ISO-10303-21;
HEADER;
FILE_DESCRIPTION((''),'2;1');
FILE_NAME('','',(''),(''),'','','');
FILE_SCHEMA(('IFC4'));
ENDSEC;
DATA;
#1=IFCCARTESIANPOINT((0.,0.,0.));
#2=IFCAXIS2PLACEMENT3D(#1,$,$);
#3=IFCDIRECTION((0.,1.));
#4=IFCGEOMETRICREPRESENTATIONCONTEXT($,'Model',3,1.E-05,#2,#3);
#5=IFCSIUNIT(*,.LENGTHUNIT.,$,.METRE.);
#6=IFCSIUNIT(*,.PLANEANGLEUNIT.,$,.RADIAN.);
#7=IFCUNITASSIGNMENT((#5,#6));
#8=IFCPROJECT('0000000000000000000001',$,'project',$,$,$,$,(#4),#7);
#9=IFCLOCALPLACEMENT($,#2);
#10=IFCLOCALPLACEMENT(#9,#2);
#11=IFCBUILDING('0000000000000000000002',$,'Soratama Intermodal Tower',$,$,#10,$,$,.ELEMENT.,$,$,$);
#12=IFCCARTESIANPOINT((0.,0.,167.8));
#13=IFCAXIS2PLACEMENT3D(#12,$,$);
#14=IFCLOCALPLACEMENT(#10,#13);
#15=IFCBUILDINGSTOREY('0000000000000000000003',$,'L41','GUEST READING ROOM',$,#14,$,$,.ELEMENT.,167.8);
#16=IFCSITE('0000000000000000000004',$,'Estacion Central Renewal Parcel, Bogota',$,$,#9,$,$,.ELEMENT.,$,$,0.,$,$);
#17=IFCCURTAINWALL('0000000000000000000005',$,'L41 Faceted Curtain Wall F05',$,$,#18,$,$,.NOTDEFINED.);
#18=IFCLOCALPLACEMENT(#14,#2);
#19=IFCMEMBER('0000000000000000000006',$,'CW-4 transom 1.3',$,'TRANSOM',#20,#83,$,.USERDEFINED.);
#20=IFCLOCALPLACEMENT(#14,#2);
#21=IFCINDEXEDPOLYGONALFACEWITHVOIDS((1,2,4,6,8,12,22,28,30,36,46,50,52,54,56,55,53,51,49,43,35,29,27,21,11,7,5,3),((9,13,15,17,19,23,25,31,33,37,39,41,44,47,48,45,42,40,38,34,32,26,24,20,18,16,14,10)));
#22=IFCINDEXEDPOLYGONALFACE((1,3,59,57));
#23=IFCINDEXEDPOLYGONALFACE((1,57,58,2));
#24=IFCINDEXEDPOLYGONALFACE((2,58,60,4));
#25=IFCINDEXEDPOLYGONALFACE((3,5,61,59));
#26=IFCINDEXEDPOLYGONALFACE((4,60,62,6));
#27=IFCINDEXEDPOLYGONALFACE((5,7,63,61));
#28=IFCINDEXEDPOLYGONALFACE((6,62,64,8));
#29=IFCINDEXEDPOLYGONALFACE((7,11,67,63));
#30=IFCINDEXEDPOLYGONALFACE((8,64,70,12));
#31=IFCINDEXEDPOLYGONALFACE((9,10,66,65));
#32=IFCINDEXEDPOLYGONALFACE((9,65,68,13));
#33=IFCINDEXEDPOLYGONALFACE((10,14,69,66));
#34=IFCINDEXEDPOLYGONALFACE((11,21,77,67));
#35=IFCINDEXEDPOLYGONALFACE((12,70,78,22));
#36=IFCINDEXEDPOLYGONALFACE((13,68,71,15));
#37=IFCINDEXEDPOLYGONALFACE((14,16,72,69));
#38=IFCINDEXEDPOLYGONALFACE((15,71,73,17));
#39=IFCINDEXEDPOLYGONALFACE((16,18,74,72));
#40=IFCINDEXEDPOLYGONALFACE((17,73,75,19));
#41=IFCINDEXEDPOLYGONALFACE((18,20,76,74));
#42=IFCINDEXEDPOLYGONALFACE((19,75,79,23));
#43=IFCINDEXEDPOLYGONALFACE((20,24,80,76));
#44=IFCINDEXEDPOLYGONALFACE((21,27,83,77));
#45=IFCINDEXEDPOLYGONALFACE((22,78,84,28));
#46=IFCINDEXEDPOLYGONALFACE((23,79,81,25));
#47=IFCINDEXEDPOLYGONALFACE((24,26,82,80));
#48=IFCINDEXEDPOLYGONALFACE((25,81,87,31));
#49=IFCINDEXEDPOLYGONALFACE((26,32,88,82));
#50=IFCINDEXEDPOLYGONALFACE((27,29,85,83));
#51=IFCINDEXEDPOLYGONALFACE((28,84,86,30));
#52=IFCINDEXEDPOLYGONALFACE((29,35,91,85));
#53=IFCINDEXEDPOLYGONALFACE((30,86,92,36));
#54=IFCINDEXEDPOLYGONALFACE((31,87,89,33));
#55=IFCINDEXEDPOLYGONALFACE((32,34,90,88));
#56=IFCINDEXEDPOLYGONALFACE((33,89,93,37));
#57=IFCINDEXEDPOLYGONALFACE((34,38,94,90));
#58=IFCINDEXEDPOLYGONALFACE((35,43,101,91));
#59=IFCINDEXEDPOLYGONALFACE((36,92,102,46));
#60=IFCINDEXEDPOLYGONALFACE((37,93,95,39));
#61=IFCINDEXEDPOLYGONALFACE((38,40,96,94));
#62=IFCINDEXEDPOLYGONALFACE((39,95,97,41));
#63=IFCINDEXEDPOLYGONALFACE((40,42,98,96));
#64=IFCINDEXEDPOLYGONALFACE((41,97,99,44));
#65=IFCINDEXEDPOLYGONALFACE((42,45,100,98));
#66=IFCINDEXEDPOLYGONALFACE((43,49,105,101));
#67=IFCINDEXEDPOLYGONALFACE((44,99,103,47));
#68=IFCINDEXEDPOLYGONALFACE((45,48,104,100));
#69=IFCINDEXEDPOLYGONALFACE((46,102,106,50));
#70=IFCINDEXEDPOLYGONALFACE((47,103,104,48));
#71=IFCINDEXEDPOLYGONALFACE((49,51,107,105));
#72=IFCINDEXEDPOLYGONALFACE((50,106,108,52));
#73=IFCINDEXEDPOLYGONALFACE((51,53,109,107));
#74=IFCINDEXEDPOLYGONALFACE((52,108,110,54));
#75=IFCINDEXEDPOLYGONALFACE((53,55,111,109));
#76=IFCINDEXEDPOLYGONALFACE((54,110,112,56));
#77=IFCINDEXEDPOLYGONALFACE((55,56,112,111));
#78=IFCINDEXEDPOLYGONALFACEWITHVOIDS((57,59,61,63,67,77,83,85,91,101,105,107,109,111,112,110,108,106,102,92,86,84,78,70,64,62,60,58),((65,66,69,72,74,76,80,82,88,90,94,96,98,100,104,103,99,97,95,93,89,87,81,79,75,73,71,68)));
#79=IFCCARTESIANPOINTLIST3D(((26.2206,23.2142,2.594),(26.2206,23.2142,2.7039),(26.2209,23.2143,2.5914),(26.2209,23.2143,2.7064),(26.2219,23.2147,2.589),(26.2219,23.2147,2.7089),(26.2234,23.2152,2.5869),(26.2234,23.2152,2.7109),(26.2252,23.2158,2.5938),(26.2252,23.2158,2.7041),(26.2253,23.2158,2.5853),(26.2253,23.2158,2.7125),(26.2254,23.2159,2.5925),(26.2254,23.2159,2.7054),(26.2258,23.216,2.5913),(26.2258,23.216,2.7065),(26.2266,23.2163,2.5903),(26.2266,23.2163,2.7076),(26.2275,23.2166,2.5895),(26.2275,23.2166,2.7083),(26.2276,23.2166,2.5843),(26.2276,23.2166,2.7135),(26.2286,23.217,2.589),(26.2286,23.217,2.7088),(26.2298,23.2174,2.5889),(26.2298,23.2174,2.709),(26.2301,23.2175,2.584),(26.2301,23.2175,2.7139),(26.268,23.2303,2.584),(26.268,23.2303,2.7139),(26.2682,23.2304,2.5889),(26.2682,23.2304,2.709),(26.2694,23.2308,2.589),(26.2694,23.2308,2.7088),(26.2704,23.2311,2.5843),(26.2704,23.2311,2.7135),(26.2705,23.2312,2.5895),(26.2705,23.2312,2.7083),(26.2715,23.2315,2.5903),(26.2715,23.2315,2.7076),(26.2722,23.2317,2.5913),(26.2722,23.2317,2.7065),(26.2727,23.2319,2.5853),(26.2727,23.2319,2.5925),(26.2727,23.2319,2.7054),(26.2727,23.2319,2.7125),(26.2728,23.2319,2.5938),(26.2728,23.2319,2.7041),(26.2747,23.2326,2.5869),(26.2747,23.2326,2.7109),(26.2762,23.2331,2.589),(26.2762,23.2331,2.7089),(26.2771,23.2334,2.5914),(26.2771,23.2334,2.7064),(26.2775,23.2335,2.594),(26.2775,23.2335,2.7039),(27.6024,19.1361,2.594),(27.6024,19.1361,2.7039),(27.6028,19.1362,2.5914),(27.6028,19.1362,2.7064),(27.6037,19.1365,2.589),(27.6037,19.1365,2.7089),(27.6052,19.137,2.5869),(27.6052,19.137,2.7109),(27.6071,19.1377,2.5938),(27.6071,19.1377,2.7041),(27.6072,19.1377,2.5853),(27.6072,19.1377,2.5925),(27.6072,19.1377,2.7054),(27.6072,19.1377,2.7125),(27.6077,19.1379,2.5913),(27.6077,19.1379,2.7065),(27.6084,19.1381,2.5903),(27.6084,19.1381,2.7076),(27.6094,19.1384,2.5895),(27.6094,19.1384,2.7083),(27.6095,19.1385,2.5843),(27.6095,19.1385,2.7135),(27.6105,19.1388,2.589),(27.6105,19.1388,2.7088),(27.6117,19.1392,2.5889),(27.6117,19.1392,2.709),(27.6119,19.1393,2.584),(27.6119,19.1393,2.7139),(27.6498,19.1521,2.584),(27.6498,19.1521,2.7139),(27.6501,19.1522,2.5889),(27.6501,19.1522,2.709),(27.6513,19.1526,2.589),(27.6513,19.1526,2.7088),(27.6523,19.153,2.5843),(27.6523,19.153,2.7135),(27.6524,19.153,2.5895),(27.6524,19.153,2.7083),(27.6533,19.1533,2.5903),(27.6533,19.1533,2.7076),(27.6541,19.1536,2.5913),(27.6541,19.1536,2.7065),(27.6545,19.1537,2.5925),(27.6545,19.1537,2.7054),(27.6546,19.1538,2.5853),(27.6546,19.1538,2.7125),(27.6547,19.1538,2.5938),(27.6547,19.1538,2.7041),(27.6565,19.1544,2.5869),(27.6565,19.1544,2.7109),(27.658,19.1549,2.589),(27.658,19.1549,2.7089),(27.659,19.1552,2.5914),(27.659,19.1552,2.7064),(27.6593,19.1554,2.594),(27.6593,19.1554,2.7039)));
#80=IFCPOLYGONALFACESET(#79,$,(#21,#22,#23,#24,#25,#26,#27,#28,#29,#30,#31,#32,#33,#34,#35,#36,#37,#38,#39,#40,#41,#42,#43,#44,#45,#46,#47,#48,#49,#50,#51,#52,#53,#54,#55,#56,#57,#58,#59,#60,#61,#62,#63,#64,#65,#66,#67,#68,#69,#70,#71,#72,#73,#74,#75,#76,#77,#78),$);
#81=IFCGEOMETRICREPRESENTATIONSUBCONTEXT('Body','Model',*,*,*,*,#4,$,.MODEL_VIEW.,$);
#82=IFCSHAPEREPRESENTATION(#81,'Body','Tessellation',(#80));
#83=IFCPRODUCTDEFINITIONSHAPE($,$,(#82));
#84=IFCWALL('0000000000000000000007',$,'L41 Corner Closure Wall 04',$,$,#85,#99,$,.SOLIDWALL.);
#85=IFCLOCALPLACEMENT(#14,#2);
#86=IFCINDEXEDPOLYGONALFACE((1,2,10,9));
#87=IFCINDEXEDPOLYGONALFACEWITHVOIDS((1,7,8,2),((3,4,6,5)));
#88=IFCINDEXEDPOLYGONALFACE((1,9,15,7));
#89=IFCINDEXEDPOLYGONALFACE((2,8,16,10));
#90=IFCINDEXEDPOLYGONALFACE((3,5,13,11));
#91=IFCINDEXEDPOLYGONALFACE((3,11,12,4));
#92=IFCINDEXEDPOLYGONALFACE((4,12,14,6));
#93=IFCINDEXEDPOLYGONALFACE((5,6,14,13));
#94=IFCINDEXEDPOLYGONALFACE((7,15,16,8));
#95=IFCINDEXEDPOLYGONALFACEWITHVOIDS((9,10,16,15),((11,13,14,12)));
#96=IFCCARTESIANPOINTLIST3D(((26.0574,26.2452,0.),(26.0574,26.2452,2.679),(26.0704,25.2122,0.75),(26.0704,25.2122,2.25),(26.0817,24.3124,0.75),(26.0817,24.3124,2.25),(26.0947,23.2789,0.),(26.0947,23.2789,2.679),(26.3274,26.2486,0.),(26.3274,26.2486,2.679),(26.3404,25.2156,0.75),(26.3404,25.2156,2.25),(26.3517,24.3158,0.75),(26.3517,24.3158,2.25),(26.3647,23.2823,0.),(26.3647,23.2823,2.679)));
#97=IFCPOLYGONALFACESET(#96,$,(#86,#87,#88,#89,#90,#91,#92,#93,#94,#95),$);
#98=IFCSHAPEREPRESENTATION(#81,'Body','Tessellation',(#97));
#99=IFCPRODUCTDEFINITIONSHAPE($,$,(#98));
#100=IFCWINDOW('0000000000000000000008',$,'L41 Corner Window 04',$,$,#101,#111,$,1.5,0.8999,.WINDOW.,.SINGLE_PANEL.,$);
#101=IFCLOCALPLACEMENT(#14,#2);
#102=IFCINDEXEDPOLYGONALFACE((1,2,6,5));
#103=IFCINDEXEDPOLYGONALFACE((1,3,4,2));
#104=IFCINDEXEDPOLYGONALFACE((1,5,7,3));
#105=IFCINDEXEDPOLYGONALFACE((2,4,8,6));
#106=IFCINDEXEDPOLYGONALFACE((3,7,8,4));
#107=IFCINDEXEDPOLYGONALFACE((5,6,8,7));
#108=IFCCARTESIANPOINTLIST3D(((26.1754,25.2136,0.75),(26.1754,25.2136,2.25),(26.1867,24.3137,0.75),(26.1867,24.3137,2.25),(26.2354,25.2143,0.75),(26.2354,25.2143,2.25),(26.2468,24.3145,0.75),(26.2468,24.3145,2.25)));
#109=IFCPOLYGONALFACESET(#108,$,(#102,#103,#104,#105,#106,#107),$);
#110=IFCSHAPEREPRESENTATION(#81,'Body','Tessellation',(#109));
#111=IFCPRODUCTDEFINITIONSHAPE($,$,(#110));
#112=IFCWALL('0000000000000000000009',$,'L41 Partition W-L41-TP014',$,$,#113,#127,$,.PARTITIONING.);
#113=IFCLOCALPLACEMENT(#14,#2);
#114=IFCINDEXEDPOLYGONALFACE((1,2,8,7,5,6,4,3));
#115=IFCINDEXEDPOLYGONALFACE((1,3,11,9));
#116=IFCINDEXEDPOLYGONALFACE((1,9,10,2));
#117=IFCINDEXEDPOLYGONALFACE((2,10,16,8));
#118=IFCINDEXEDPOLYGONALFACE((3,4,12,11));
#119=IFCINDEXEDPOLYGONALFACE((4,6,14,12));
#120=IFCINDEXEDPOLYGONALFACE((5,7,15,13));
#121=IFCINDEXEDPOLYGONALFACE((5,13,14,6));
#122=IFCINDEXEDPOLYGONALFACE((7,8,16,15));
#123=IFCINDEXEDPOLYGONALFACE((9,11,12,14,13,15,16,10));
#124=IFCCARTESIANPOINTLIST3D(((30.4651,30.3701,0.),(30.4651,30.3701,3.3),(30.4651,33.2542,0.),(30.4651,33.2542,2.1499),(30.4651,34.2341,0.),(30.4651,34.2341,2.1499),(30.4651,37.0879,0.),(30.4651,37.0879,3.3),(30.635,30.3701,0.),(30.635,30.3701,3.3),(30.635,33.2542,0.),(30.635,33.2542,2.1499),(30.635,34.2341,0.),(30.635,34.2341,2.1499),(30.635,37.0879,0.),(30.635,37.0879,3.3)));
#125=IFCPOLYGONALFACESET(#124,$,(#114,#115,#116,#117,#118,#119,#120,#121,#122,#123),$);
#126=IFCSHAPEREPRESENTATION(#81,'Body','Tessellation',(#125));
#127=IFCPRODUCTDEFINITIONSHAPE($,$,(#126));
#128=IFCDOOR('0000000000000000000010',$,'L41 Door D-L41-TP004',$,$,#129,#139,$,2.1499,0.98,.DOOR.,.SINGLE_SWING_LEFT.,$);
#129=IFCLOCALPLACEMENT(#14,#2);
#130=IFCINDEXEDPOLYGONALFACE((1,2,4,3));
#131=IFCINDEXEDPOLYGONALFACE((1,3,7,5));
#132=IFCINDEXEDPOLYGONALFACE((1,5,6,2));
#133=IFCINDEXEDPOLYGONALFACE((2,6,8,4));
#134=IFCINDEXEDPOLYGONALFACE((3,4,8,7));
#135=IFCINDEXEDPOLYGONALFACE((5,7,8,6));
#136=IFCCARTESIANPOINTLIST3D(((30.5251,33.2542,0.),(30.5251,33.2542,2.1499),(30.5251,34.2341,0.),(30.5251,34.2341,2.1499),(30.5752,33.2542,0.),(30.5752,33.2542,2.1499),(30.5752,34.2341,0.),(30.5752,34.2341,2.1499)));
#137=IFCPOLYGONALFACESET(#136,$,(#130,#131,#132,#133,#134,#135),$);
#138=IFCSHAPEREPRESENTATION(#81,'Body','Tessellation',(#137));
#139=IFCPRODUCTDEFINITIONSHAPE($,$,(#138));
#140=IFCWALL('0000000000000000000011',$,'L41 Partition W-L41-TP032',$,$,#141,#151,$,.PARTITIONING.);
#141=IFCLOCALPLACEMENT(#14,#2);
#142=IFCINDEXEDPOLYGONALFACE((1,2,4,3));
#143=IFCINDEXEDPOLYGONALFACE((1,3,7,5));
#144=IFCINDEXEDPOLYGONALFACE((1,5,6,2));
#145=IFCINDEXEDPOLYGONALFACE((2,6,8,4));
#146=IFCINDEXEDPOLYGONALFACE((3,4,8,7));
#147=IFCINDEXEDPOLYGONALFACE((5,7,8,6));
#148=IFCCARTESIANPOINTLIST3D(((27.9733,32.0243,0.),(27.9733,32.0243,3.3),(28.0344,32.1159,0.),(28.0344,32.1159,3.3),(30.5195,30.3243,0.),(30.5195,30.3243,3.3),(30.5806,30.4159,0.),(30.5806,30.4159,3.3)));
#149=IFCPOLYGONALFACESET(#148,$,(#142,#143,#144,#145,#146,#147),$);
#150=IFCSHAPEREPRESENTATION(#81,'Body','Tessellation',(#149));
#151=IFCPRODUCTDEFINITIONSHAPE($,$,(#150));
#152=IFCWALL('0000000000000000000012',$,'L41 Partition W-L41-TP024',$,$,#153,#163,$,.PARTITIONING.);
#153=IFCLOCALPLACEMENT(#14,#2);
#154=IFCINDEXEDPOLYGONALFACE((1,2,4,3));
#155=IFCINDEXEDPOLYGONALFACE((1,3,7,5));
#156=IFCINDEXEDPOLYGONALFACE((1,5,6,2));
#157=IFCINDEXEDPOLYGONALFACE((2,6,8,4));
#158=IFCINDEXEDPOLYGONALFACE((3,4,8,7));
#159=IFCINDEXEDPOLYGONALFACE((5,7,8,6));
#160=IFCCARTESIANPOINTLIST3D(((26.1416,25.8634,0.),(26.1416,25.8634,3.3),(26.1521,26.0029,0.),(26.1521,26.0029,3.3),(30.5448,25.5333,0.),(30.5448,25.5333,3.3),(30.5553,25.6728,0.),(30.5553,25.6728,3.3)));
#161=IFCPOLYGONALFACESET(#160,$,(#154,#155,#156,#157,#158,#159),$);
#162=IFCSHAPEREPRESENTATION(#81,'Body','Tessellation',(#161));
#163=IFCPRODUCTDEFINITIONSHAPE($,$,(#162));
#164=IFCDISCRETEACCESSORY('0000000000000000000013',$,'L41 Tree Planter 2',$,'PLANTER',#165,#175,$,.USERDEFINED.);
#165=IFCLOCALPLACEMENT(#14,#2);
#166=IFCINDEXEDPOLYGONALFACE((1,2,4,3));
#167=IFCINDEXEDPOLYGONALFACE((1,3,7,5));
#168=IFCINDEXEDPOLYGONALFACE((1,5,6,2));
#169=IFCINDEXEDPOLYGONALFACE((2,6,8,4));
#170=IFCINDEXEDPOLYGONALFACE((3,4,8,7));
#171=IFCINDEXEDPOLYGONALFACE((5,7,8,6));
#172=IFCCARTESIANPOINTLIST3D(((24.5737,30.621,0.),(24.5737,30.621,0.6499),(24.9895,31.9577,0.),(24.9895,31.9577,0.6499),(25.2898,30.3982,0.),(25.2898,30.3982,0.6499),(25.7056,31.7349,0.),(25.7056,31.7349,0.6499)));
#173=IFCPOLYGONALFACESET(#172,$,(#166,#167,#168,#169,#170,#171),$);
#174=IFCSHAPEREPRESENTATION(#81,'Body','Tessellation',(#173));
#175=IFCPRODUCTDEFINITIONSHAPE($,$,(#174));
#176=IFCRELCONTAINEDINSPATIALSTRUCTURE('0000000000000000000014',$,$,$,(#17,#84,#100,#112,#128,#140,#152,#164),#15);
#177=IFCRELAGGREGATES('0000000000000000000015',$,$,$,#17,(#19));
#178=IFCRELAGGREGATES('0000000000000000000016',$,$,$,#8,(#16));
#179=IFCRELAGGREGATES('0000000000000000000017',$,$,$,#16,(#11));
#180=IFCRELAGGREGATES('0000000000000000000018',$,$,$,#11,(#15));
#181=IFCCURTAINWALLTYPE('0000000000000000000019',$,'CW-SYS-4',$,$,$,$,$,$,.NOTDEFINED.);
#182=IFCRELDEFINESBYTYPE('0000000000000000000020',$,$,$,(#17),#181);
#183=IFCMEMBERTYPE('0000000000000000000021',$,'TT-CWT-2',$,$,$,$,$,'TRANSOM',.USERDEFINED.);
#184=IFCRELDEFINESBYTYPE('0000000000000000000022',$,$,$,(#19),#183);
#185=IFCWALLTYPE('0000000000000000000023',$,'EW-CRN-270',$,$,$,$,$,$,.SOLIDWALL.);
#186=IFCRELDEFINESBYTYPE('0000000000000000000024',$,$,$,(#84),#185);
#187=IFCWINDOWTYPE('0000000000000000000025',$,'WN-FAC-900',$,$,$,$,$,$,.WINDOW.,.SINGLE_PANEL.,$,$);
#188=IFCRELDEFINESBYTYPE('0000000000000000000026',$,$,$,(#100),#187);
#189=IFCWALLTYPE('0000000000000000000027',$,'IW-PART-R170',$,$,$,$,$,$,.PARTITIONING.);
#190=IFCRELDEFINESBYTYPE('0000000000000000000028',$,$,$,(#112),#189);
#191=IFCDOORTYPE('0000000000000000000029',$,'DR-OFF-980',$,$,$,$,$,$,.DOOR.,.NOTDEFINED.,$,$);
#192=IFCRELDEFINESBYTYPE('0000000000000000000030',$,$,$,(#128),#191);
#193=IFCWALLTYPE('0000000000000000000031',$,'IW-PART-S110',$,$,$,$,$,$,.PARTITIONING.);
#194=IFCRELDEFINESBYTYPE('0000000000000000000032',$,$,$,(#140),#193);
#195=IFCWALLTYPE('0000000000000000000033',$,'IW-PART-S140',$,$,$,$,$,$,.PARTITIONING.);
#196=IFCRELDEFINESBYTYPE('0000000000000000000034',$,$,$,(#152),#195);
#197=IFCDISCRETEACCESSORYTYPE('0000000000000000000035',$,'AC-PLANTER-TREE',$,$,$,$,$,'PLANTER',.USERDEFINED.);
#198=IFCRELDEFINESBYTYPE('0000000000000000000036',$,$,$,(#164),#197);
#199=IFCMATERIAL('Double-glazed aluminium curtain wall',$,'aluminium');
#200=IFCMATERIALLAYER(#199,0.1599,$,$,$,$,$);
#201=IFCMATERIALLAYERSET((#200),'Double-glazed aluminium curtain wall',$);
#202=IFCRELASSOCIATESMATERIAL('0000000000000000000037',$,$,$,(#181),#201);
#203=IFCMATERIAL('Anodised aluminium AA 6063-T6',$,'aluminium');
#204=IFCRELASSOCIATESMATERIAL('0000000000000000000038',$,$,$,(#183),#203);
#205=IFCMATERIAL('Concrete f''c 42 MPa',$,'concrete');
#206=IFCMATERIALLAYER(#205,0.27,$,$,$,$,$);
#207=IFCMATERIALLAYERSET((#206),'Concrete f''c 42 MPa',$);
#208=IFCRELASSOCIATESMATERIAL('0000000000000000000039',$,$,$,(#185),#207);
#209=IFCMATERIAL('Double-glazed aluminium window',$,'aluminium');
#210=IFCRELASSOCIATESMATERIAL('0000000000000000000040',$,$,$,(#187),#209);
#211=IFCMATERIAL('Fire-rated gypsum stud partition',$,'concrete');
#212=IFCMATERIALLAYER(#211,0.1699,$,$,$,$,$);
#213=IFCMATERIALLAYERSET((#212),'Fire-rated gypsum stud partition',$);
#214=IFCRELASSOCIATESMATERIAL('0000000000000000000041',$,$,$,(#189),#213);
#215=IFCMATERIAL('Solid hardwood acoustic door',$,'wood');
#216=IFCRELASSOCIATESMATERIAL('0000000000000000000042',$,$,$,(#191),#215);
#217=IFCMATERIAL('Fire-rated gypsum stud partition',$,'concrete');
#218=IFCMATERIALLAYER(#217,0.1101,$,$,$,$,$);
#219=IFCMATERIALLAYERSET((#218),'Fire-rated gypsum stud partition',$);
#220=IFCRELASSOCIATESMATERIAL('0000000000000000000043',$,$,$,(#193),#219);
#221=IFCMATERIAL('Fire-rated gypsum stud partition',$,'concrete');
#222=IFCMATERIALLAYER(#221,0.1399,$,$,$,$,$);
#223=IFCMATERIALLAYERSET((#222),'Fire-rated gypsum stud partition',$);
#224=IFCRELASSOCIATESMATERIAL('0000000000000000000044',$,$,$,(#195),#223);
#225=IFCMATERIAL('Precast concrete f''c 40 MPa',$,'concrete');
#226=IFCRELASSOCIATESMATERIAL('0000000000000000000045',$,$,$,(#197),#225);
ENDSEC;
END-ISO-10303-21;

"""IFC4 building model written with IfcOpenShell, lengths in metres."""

from ifc_helpers import new_model, si_unit, direction, frame, frame_2d, origin, origin_2d, place, context, subcontext, project, spatial, rectangle, hollow_rectangle, extrude, material, layer, layer_set, material_profile, profile_set, type_object, element, fill, aggregate, save


model = new_model("IFC4")

# Units and contexts
model_context = context("Model", 3, precision=1e-05, world=origin(), true_north=direction((0.0, 1.0)))
body_context = subcontext(model_context, "Body", "Model", "MODEL_VIEW")
ifc_project = project(units=[si_unit("LENGTHUNIT", "METRE"), si_unit("PLANEANGLEUNIT", "RADIAN")], contexts=[model_context])

# Site, building, storey
site_placement = place(None, origin())
site = spatial("IfcSite", under=ifc_project, at=site_placement, Name="Estacion Central Renewal Parcel, Bogota", CompositionType="ELEMENT", RefElevation=0.0)
building_placement = place(site_placement, origin())
building = spatial("IfcBuilding", under=site, at=building_placement, Name="Soratama Intermodal Tower", CompositionType="ELEMENT")
storey_placement = place(building_placement, frame((0.0, 0.0, 167.8)))
storey = spatial("IfcBuildingStorey", under=building, at=storey_placement, Name="L41", Description="GUEST READING ROOM", CompositionType="ELEMENT", Elevation=167.8)

# Curtain wall, member
ifc_material_1 = material(Name="Double-glazed aluminium curtain wall", Category="aluminium")
ifc_layer_1 = layer(ifc_material_1, 0.1599)
ifc_layer_set_1 = layer_set([ifc_layer_1], Name="Double-glazed aluminium curtain wall")
curtain_wall_type = type_object("IfcCurtainWallType", Name="CW-SYS-4", PredefinedType="NOTDEFINED", material=ifc_layer_set_1)
curtain_wall_placement = place(storey_placement, origin())
curtain_wall = element("IfcCurtainWall", 1, at=curtain_wall_placement, inside=storey, type_object=curtain_wall_type, Name="L41 Faceted Curtain Wall F05", PredefinedType="NOTDEFINED")
ifc_material_2 = material(Name="Anodised aluminium AA 6063-T6", Category="aluminium")
ifc_material_profile_1 = material_profile(ifc_material_2, hollow_rectangle(XDim=0.0601, YDim=0.1299, WallThickness=0.0049, InnerFilletRadius=0.0049, OuterFilletRadius=0.01, at=origin_2d()), Name="CWT130X60X5")
ifc_profile_set_1 = profile_set([ifc_material_profile_1], Name="Anodised aluminium AA 6063-T6")
member_type_1 = type_object("IfcMemberType", Name="TT-CWT-2", ElementType="TRANSOM", PredefinedType="USERDEFINED", material=ifc_profile_set_1)
member_1_placement = place(storey_placement, frame((26.249, 23.2239, 2.6489), z_axis=(0.320919, -0.947107, 0.0), x_axis=(0.947107, 0.320919, 0.0)))
member_1 = element("IfcMember", 2, at=member_1_placement, type_object=member_type_1, Name="CW-4 transom 1.3", ObjectType="TRANSOM", PredefinedType="USERDEFINED", context=body_context, shape_type="SweptSolid", body=[
    extrude(hollow_rectangle(XDim=0.0601, YDim=0.1299, WallThickness=0.0049, InnerFilletRadius=0.0049, OuterFilletRadius=0.01, at=origin_2d()), origin(), (0.0, 0.0, 1.0), 4.3059),
])
aggregate(curtain_wall, [member_1])

# Wall, opening, window
ifc_material_3 = material(Name="Concrete f'c 42 MPa", Category="concrete")
ifc_layer_2 = layer(ifc_material_3, 0.27)
ifc_layer_set_2 = layer_set([ifc_layer_2], Name="Concrete f'c 42 MPa")
wall_type_1 = type_object("IfcWallType", Name="EW-CRN-270", PredefinedType="SOLIDWALL", material=ifc_layer_set_2)
wall_1_placement = place(storey_placement, frame((26.1924, 26.2471, 0.0), z_axis=(0.0, 0.0, 1.0), x_axis=(0.012592, -0.999921, 0.0)))
wall_1 = element("IfcWall", 3, at=wall_1_placement, inside=storey, type_object=wall_type_1, Name="L41 Corner Closure Wall 04", PredefinedType="SOLIDWALL", context=body_context, shape_type="SweptSolid", body=[
    extrude(rectangle(XDim=2.9666, YDim=0.27, at=frame_2d((1.4834, 0.0))), origin(), (0.0, 0.0, 1.0), 2.679),
])
opening_1_placement = place(wall_1_placement, frame((1.0332, 0.0, 0.75)))
opening_1 = element("IfcOpeningElement", 4, at=opening_1_placement, cuts=wall_1, PredefinedType="OPENING", context=body_context, shape_type="SweptSolid", body=[
    extrude(rectangle(XDim=0.8999, YDim=1.5, at=frame_2d((0.45, 0.75))), frame((0.0, 0.145, 0.0), z_axis=(0.0, -1.0, 0.0), x_axis=(1.0, 0.0, 0.0)), (0.0, 0.0, 1.0), 0.29),
])
ifc_material_4 = material(Name="Double-glazed aluminium window", Category="aluminium")
window_type = type_object("IfcWindowType", Name="WN-FAC-900", PartitioningType="SINGLE_PANEL", PredefinedType="WINDOW", material=ifc_material_4)
window_placement = place(opening_1_placement, origin())
window = element("IfcWindow", 5, at=window_placement, inside=storey, type_object=window_type, Name="L41 Corner Window 04", OverallHeight=1.5, OverallWidth=0.8999, PartitioningType="SINGLE_PANEL", PredefinedType="WINDOW", context=body_context, shape_type="SweptSolid", body=[
    extrude(rectangle(XDim=0.8999, YDim=1.5, at=frame_2d((0.45, 0.75))), frame((0.0, 0.03, 0.0), z_axis=(0.0, -1.0, 0.0), x_axis=(1.0, 0.0, 0.0)), (0.0, 0.0, 1.0), 0.0601),
])
fill(opening_1, window)

# Wall, opening, door
ifc_material_5 = material(Name="Fire-rated gypsum stud partition", Category="concrete")
ifc_layer_3 = layer(ifc_material_5, 0.1699)
ifc_layer_set_3 = layer_set([ifc_layer_3], Name="Fire-rated gypsum stud partition")
wall_type_2 = type_object("IfcWallType", Name="IW-PART-R170", PredefinedType="PARTITIONING", material=ifc_layer_set_3)
wall_2_placement = place(storey_placement, frame((30.55, 30.3701, 0.0), z_axis=(0.0, 0.0, 1.0), x_axis=(0.0, 1.0, 0.0)))
wall_2 = element("IfcWall", 6, at=wall_2_placement, inside=storey, type_object=wall_type_2, Name="L41 Partition W-L41-TP014", PredefinedType="PARTITIONING", context=body_context, shape_type="SweptSolid", body=[
    extrude(rectangle(XDim=6.7178, YDim=0.1699, at=frame_2d((3.3589, 0.0))), origin(), (0.0, 0.0, 1.0), 3.3),
])
opening_2_placement = place(wall_2_placement, frame((2.884, 0.0, 0.0)))
opening_2 = element("IfcOpeningElement", 7, at=opening_2_placement, cuts=wall_2, PredefinedType="OPENING", context=body_context, shape_type="SweptSolid", body=[
    extrude(rectangle(XDim=0.98, YDim=2.1499, at=frame_2d((0.49, 1.075))), frame((0.0, 0.095, 0.0), z_axis=(0.0, -1.0, 0.0), x_axis=(1.0, 0.0, 0.0)), (0.0, 0.0, 1.0), 0.1899),
])
ifc_material_6 = material(Name="Solid hardwood acoustic door", Category="wood")
door_type = type_object("IfcDoorType", Name="DR-OFF-980", OperationType="NOTDEFINED", PredefinedType="DOOR", material=ifc_material_6)
door_1_placement = place(opening_2_placement, origin())
door_1 = element("IfcDoor", 8, at=door_1_placement, inside=storey, type_object=door_type, Name="L41 Door D-L41-TP004", OperationType="SINGLE_SWING_LEFT", OverallHeight=2.1499, OverallWidth=0.98, PredefinedType="DOOR", context=body_context, shape_type="SweptSolid", body=[
    extrude(rectangle(XDim=0.98, YDim=2.1499, at=frame_2d((0.49, 1.075))), frame((0.0, 0.0249, 0.0), z_axis=(0.0, -1.0, 0.0), x_axis=(1.0, 0.0, 0.0)), (0.0, 0.0, 1.0), 0.05),
])
fill(opening_2, door_1)

# Walls
ifc_material_7 = material(Name="Fire-rated gypsum stud partition", Category="concrete")
ifc_layer_4 = layer(ifc_material_7, 0.1101)
ifc_layer_set_4 = layer_set([ifc_layer_4], Name="Fire-rated gypsum stud partition")
wall_type_3 = type_object("IfcWallType", Name="IW-PART-S110", PredefinedType="PARTITIONING", material=ifc_layer_set_4)
wall_3_placement = place(storey_placement, frame((30.55, 30.3701, 0.0), z_axis=(0.0, 0.0, 1.0), x_axis=(-0.83167, 0.555271, 0.0)))
element("IfcWall", 9, at=wall_3_placement, inside=storey, type_object=wall_type_3, Name="L41 Partition W-L41-TP032", PredefinedType="PARTITIONING", context=body_context, shape_type="SweptSolid", body=[
    extrude(rectangle(XDim=3.0615, YDim=0.1101, at=frame_2d((1.5308, 0.0))), origin(), (0.0, 0.0, 1.0), 3.3),
])
ifc_material_8 = material(Name="Fire-rated gypsum stud partition", Category="concrete")
ifc_layer_5 = layer(ifc_material_8, 0.1399)
ifc_layer_set_5 = layer_set([ifc_layer_5], Name="Fire-rated gypsum stud partition")
wall_type_4 = type_object("IfcWallType", Name="IW-PART-S140", PredefinedType="PARTITIONING", material=ifc_layer_set_5)
wall_4_placement = place(storey_placement, frame((30.55, 25.603, 0.0), z_axis=(0.0, 0.0, 1.0), x_axis=(-0.997202, 0.074756, 0.0)))
element("IfcWall", 10, at=wall_4_placement, inside=storey, type_object=wall_type_4, Name="L41 Partition W-L41-TP024", PredefinedType="PARTITIONING", context=body_context, shape_type="SweptSolid", body=[
    extrude(rectangle(XDim=4.4155, YDim=0.1399, at=frame_2d((2.2078, 0.0))), origin(), (0.0, 0.0, 1.0), 3.3),
])

# Discrete accessory
ifc_material_9 = material(Name="Precast concrete f'c 40 MPa", Category="concrete")
discrete_accessory_type = type_object("IfcDiscreteAccessoryType", Name="AC-PLANTER-TREE", ElementType="PLANTER", PredefinedType="USERDEFINED", material=ifc_material_9)
discrete_accessory_placement = place(storey_placement, frame((25.1396, 31.178, 0.0), z_axis=(0.0, 0.0, 1.0), x_axis=(-0.954865, 0.297042, 0.0)))
element("IfcDiscreteAccessory", 11, at=discrete_accessory_placement, inside=storey, type_object=discrete_accessory_type, Name="L41 Tree Planter 2", ObjectType="PLANTER", PredefinedType="USERDEFINED", context=body_context, shape_type="SweptSolid", body=[
    extrude(rectangle(XDim=0.75, YDim=1.3999, at=origin_2d()), origin(), (0.0, 0.0, 1.0), 0.6499),
])

save(model, "model.ifc")
